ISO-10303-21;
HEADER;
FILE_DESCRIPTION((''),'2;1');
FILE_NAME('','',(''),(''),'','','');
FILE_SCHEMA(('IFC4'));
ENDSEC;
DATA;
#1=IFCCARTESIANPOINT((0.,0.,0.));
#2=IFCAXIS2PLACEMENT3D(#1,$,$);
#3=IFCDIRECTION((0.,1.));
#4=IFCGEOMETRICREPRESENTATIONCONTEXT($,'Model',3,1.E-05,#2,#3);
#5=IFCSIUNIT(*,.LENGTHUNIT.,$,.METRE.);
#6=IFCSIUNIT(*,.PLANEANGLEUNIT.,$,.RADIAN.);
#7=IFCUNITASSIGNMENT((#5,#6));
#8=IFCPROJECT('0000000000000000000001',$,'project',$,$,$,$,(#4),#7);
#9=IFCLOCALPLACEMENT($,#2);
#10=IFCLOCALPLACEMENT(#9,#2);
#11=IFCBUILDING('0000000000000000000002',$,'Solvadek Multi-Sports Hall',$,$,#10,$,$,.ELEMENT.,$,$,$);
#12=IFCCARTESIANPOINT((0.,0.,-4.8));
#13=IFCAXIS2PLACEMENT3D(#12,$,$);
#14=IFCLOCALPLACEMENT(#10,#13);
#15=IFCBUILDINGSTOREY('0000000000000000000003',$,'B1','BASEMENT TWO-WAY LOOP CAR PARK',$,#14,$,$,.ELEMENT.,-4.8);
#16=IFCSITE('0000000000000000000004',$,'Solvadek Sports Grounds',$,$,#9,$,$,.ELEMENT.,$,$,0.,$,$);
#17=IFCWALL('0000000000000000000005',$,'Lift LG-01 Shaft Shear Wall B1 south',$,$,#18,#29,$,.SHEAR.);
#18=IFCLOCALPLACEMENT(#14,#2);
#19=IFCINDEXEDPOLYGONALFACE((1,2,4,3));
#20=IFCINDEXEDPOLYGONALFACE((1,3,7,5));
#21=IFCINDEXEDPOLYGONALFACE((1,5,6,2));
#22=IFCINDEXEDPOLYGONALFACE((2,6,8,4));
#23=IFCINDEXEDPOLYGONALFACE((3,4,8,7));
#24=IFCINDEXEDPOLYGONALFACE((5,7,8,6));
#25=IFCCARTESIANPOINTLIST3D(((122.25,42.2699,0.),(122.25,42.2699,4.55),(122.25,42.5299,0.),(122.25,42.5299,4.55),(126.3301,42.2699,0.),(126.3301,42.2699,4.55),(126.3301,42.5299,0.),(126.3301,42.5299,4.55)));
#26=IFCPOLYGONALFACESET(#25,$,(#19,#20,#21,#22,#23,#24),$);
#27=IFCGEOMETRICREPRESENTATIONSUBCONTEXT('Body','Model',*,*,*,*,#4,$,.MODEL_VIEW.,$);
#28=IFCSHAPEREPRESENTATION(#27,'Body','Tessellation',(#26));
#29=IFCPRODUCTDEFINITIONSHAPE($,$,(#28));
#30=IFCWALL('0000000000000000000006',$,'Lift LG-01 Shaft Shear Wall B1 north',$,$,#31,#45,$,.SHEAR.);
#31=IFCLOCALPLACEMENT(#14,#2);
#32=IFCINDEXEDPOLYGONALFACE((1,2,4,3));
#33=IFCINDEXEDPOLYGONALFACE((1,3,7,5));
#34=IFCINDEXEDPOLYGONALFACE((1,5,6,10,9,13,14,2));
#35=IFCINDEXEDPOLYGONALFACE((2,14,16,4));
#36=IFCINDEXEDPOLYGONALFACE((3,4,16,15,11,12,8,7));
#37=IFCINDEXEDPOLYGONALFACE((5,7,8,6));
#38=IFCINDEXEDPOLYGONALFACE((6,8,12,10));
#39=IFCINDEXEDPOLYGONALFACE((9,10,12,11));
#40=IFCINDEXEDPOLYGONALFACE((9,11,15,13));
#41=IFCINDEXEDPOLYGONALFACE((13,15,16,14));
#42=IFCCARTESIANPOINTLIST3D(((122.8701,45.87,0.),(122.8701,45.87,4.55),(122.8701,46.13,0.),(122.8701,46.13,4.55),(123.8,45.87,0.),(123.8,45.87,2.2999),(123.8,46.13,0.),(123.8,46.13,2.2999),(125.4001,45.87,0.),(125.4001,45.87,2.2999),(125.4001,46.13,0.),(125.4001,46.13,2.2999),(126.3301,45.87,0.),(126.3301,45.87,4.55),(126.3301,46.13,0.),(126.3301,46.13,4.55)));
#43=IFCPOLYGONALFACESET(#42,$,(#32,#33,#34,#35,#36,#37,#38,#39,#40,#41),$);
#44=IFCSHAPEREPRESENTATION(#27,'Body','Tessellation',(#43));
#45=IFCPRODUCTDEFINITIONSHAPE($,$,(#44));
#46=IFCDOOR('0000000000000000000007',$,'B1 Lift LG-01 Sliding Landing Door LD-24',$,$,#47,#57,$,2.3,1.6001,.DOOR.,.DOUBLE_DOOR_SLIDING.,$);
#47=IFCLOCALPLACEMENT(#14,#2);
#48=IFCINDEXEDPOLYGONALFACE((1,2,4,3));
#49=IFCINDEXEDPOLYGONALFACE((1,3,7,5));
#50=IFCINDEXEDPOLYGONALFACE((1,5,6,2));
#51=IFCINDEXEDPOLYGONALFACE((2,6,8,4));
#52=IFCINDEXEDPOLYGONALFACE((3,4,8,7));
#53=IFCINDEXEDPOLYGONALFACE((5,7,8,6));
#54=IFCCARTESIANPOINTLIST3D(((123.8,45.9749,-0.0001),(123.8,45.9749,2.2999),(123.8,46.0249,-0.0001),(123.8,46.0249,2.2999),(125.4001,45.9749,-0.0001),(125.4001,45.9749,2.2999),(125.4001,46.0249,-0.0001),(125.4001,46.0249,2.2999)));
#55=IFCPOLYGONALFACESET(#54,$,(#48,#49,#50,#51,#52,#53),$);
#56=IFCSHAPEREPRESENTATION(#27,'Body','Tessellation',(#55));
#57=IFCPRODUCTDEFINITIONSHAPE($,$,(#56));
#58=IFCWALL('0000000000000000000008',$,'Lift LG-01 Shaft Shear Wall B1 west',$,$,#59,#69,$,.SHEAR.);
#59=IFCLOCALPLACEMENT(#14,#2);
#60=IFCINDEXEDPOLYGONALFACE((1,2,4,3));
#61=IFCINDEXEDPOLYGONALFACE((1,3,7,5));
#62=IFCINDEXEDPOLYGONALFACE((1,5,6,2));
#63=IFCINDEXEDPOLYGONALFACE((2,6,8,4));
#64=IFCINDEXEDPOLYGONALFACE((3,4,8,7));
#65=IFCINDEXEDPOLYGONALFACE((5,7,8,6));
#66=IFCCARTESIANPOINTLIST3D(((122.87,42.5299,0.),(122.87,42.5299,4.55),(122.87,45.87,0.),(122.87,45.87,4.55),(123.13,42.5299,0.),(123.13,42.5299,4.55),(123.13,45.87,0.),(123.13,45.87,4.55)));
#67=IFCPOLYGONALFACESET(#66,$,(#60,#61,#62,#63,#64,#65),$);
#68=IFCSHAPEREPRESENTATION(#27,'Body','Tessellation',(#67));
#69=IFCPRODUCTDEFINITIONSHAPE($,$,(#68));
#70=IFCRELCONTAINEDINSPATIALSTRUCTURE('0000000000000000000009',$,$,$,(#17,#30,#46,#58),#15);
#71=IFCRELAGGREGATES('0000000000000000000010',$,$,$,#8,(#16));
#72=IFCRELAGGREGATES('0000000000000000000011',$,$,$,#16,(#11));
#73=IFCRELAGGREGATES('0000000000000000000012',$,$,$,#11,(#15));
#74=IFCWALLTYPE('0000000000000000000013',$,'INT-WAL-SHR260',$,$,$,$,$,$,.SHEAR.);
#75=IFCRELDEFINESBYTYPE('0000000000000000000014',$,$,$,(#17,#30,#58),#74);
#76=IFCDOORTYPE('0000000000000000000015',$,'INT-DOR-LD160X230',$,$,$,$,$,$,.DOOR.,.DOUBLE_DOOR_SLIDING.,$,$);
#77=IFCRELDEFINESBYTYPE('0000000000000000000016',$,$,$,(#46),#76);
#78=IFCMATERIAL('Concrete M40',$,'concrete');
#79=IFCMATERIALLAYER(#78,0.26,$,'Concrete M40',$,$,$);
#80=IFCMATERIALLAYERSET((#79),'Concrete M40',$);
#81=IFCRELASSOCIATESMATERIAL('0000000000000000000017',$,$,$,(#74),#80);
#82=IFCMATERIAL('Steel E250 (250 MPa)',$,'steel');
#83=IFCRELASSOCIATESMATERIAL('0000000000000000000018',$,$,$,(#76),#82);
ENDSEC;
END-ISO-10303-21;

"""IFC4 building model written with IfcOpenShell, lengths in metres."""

from ifc_helpers import new_model, si_unit, direction, frame, frame_2d, origin, place, context, subcontext, project, spatial, rectangle, extrude, material, layer, layer_set, type_object, element, fill, save


model = new_model("IFC4")

# Units and contexts
model_context = context("Model", 3, precision=1e-05, world=origin(), true_north=direction((0.0, 1.0)))
body_context = subcontext(model_context, "Body", "Model", "MODEL_VIEW")
ifc_project = project(units=[si_unit("LENGTHUNIT", "METRE"), si_unit("PLANEANGLEUNIT", "RADIAN")], contexts=[model_context])

# Site, building, storey
site_placement = place(None, origin())
site = spatial("IfcSite", under=ifc_project, at=site_placement, Name="Solvadek Sports Grounds", CompositionType="ELEMENT", RefElevation=0.0)
building_placement = place(site_placement, origin())
building = spatial("IfcBuilding", under=site, at=building_placement, Name="Solvadek Multi-Sports Hall", CompositionType="ELEMENT")
storey_placement = place(building_placement, frame((0.0, 0.0, -4.8)))
storey = spatial("IfcBuildingStorey", under=building, at=storey_placement, Name="B1", Description="BASEMENT TWO-WAY LOOP CAR PARK", CompositionType="ELEMENT", Elevation=-4.8)

# Shared definitions
ifc_material_1 = material(Name="Concrete M40", Category="concrete")

# Shared definitions
ifc_material_2 = material(Name="Steel E250 (250 MPa)", Category="steel")

# Wall
ifc_layer_1 = layer(ifc_material_1, 0.26, Name="Concrete M40")
ifc_layer_set_1 = layer_set([ifc_layer_1], Name="Concrete M40")
wall_type_1 = type_object("IfcWallType", Name="INT-WAL-SHR260", PredefinedType="SHEAR", material=ifc_layer_set_1)
wall_1_placement = place(storey_placement, frame((122.25, 42.3999, 0.0), z_axis=(0.0, 0.0, 1.0), x_axis=(1.0, 0.0, 0.0)))
element("IfcWall", 1, at=wall_1_placement, inside=storey, type_object=wall_type_1, Name="Lift LG-01 Shaft Shear Wall B1 south", PredefinedType="SHEAR", context=body_context, shape_type="SweptSolid", body=[
    extrude(rectangle(XDim=4.0801, YDim=0.26, at=frame_2d((2.04, 0.0))), origin(), (0.0, 0.0, 1.0), 4.55),
])

# Wall, opening, door
wall_2_placement = place(storey_placement, frame((122.8701, 46.0, 0.0), z_axis=(0.0, 0.0, 1.0), x_axis=(1.0, 0.0, 0.0)))
wall_2 = element("IfcWall", 2, at=wall_2_placement, inside=storey, type_object=wall_type_1, Name="Lift LG-01 Shaft Shear Wall B1 north", PredefinedType="SHEAR", context=body_context, shape_type="SweptSolid", body=[
    extrude(rectangle(XDim=3.46, YDim=0.26, at=frame_2d((1.73, 0.0))), origin(), (0.0, 0.0, 1.0), 4.55),
])
opening_1_placement = place(wall_2_placement, frame((0.9299, 0.0, 0.0)))
opening_1 = element("IfcOpeningElement", 3, at=opening_1_placement, cuts=wall_2, PredefinedType="OPENING", context=body_context, shape_type="SweptSolid", body=[
    extrude(rectangle(XDim=1.6001, YDim=2.3, at=frame_2d((0.8, 1.1499))), frame((0.0, 0.1399, 0.0), z_axis=(0.0, -1.0, 0.0), x_axis=(1.0, 0.0, 0.0)), (0.0, 0.0, 1.0), 0.28),
])
door_type_1 = type_object("IfcDoorType", Name="INT-DOR-LD160X230", OperationType="DOUBLE_DOOR_SLIDING", PredefinedType="DOOR", material=ifc_material_2)
door_1_placement = place(opening_1_placement, origin())
door_1 = element("IfcDoor", 4, at=door_1_placement, inside=storey, type_object=door_type_1, Name="B1 Lift LG-01 Sliding Landing Door LD-24", OperationType="DOUBLE_DOOR_SLIDING", OverallHeight=2.3, OverallWidth=1.6001, PredefinedType="DOOR", context=body_context, shape_type="SweptSolid", body=[
    extrude(rectangle(XDim=1.6001, YDim=2.3, at=frame_2d((0.8, 1.1499))), frame((0.0, 0.0249, 0.0), z_axis=(0.0, -1.0, 0.0), x_axis=(1.0, 0.0, 0.0)), (0.0, 0.0, 1.0), 0.05),
])
fill(opening_1, door_1)

# Wall
wall_3_placement = place(storey_placement, frame((123.0, 42.53, 0.0), z_axis=(0.0, 0.0, 1.0), x_axis=(0.0, 1.0, 0.0)))
element("IfcWall", 5, at=wall_3_placement, inside=storey, type_object=wall_type_1, Name="Lift LG-01 Shaft Shear Wall B1 west", PredefinedType="SHEAR", context=body_context, shape_type="SweptSolid", body=[
    extrude(rectangle(XDim=3.3401, YDim=0.26, at=frame_2d((1.6699, 0.0))), origin(), (0.0, 0.0, 1.0), 4.55),
])

save(model, "model.ifc")
